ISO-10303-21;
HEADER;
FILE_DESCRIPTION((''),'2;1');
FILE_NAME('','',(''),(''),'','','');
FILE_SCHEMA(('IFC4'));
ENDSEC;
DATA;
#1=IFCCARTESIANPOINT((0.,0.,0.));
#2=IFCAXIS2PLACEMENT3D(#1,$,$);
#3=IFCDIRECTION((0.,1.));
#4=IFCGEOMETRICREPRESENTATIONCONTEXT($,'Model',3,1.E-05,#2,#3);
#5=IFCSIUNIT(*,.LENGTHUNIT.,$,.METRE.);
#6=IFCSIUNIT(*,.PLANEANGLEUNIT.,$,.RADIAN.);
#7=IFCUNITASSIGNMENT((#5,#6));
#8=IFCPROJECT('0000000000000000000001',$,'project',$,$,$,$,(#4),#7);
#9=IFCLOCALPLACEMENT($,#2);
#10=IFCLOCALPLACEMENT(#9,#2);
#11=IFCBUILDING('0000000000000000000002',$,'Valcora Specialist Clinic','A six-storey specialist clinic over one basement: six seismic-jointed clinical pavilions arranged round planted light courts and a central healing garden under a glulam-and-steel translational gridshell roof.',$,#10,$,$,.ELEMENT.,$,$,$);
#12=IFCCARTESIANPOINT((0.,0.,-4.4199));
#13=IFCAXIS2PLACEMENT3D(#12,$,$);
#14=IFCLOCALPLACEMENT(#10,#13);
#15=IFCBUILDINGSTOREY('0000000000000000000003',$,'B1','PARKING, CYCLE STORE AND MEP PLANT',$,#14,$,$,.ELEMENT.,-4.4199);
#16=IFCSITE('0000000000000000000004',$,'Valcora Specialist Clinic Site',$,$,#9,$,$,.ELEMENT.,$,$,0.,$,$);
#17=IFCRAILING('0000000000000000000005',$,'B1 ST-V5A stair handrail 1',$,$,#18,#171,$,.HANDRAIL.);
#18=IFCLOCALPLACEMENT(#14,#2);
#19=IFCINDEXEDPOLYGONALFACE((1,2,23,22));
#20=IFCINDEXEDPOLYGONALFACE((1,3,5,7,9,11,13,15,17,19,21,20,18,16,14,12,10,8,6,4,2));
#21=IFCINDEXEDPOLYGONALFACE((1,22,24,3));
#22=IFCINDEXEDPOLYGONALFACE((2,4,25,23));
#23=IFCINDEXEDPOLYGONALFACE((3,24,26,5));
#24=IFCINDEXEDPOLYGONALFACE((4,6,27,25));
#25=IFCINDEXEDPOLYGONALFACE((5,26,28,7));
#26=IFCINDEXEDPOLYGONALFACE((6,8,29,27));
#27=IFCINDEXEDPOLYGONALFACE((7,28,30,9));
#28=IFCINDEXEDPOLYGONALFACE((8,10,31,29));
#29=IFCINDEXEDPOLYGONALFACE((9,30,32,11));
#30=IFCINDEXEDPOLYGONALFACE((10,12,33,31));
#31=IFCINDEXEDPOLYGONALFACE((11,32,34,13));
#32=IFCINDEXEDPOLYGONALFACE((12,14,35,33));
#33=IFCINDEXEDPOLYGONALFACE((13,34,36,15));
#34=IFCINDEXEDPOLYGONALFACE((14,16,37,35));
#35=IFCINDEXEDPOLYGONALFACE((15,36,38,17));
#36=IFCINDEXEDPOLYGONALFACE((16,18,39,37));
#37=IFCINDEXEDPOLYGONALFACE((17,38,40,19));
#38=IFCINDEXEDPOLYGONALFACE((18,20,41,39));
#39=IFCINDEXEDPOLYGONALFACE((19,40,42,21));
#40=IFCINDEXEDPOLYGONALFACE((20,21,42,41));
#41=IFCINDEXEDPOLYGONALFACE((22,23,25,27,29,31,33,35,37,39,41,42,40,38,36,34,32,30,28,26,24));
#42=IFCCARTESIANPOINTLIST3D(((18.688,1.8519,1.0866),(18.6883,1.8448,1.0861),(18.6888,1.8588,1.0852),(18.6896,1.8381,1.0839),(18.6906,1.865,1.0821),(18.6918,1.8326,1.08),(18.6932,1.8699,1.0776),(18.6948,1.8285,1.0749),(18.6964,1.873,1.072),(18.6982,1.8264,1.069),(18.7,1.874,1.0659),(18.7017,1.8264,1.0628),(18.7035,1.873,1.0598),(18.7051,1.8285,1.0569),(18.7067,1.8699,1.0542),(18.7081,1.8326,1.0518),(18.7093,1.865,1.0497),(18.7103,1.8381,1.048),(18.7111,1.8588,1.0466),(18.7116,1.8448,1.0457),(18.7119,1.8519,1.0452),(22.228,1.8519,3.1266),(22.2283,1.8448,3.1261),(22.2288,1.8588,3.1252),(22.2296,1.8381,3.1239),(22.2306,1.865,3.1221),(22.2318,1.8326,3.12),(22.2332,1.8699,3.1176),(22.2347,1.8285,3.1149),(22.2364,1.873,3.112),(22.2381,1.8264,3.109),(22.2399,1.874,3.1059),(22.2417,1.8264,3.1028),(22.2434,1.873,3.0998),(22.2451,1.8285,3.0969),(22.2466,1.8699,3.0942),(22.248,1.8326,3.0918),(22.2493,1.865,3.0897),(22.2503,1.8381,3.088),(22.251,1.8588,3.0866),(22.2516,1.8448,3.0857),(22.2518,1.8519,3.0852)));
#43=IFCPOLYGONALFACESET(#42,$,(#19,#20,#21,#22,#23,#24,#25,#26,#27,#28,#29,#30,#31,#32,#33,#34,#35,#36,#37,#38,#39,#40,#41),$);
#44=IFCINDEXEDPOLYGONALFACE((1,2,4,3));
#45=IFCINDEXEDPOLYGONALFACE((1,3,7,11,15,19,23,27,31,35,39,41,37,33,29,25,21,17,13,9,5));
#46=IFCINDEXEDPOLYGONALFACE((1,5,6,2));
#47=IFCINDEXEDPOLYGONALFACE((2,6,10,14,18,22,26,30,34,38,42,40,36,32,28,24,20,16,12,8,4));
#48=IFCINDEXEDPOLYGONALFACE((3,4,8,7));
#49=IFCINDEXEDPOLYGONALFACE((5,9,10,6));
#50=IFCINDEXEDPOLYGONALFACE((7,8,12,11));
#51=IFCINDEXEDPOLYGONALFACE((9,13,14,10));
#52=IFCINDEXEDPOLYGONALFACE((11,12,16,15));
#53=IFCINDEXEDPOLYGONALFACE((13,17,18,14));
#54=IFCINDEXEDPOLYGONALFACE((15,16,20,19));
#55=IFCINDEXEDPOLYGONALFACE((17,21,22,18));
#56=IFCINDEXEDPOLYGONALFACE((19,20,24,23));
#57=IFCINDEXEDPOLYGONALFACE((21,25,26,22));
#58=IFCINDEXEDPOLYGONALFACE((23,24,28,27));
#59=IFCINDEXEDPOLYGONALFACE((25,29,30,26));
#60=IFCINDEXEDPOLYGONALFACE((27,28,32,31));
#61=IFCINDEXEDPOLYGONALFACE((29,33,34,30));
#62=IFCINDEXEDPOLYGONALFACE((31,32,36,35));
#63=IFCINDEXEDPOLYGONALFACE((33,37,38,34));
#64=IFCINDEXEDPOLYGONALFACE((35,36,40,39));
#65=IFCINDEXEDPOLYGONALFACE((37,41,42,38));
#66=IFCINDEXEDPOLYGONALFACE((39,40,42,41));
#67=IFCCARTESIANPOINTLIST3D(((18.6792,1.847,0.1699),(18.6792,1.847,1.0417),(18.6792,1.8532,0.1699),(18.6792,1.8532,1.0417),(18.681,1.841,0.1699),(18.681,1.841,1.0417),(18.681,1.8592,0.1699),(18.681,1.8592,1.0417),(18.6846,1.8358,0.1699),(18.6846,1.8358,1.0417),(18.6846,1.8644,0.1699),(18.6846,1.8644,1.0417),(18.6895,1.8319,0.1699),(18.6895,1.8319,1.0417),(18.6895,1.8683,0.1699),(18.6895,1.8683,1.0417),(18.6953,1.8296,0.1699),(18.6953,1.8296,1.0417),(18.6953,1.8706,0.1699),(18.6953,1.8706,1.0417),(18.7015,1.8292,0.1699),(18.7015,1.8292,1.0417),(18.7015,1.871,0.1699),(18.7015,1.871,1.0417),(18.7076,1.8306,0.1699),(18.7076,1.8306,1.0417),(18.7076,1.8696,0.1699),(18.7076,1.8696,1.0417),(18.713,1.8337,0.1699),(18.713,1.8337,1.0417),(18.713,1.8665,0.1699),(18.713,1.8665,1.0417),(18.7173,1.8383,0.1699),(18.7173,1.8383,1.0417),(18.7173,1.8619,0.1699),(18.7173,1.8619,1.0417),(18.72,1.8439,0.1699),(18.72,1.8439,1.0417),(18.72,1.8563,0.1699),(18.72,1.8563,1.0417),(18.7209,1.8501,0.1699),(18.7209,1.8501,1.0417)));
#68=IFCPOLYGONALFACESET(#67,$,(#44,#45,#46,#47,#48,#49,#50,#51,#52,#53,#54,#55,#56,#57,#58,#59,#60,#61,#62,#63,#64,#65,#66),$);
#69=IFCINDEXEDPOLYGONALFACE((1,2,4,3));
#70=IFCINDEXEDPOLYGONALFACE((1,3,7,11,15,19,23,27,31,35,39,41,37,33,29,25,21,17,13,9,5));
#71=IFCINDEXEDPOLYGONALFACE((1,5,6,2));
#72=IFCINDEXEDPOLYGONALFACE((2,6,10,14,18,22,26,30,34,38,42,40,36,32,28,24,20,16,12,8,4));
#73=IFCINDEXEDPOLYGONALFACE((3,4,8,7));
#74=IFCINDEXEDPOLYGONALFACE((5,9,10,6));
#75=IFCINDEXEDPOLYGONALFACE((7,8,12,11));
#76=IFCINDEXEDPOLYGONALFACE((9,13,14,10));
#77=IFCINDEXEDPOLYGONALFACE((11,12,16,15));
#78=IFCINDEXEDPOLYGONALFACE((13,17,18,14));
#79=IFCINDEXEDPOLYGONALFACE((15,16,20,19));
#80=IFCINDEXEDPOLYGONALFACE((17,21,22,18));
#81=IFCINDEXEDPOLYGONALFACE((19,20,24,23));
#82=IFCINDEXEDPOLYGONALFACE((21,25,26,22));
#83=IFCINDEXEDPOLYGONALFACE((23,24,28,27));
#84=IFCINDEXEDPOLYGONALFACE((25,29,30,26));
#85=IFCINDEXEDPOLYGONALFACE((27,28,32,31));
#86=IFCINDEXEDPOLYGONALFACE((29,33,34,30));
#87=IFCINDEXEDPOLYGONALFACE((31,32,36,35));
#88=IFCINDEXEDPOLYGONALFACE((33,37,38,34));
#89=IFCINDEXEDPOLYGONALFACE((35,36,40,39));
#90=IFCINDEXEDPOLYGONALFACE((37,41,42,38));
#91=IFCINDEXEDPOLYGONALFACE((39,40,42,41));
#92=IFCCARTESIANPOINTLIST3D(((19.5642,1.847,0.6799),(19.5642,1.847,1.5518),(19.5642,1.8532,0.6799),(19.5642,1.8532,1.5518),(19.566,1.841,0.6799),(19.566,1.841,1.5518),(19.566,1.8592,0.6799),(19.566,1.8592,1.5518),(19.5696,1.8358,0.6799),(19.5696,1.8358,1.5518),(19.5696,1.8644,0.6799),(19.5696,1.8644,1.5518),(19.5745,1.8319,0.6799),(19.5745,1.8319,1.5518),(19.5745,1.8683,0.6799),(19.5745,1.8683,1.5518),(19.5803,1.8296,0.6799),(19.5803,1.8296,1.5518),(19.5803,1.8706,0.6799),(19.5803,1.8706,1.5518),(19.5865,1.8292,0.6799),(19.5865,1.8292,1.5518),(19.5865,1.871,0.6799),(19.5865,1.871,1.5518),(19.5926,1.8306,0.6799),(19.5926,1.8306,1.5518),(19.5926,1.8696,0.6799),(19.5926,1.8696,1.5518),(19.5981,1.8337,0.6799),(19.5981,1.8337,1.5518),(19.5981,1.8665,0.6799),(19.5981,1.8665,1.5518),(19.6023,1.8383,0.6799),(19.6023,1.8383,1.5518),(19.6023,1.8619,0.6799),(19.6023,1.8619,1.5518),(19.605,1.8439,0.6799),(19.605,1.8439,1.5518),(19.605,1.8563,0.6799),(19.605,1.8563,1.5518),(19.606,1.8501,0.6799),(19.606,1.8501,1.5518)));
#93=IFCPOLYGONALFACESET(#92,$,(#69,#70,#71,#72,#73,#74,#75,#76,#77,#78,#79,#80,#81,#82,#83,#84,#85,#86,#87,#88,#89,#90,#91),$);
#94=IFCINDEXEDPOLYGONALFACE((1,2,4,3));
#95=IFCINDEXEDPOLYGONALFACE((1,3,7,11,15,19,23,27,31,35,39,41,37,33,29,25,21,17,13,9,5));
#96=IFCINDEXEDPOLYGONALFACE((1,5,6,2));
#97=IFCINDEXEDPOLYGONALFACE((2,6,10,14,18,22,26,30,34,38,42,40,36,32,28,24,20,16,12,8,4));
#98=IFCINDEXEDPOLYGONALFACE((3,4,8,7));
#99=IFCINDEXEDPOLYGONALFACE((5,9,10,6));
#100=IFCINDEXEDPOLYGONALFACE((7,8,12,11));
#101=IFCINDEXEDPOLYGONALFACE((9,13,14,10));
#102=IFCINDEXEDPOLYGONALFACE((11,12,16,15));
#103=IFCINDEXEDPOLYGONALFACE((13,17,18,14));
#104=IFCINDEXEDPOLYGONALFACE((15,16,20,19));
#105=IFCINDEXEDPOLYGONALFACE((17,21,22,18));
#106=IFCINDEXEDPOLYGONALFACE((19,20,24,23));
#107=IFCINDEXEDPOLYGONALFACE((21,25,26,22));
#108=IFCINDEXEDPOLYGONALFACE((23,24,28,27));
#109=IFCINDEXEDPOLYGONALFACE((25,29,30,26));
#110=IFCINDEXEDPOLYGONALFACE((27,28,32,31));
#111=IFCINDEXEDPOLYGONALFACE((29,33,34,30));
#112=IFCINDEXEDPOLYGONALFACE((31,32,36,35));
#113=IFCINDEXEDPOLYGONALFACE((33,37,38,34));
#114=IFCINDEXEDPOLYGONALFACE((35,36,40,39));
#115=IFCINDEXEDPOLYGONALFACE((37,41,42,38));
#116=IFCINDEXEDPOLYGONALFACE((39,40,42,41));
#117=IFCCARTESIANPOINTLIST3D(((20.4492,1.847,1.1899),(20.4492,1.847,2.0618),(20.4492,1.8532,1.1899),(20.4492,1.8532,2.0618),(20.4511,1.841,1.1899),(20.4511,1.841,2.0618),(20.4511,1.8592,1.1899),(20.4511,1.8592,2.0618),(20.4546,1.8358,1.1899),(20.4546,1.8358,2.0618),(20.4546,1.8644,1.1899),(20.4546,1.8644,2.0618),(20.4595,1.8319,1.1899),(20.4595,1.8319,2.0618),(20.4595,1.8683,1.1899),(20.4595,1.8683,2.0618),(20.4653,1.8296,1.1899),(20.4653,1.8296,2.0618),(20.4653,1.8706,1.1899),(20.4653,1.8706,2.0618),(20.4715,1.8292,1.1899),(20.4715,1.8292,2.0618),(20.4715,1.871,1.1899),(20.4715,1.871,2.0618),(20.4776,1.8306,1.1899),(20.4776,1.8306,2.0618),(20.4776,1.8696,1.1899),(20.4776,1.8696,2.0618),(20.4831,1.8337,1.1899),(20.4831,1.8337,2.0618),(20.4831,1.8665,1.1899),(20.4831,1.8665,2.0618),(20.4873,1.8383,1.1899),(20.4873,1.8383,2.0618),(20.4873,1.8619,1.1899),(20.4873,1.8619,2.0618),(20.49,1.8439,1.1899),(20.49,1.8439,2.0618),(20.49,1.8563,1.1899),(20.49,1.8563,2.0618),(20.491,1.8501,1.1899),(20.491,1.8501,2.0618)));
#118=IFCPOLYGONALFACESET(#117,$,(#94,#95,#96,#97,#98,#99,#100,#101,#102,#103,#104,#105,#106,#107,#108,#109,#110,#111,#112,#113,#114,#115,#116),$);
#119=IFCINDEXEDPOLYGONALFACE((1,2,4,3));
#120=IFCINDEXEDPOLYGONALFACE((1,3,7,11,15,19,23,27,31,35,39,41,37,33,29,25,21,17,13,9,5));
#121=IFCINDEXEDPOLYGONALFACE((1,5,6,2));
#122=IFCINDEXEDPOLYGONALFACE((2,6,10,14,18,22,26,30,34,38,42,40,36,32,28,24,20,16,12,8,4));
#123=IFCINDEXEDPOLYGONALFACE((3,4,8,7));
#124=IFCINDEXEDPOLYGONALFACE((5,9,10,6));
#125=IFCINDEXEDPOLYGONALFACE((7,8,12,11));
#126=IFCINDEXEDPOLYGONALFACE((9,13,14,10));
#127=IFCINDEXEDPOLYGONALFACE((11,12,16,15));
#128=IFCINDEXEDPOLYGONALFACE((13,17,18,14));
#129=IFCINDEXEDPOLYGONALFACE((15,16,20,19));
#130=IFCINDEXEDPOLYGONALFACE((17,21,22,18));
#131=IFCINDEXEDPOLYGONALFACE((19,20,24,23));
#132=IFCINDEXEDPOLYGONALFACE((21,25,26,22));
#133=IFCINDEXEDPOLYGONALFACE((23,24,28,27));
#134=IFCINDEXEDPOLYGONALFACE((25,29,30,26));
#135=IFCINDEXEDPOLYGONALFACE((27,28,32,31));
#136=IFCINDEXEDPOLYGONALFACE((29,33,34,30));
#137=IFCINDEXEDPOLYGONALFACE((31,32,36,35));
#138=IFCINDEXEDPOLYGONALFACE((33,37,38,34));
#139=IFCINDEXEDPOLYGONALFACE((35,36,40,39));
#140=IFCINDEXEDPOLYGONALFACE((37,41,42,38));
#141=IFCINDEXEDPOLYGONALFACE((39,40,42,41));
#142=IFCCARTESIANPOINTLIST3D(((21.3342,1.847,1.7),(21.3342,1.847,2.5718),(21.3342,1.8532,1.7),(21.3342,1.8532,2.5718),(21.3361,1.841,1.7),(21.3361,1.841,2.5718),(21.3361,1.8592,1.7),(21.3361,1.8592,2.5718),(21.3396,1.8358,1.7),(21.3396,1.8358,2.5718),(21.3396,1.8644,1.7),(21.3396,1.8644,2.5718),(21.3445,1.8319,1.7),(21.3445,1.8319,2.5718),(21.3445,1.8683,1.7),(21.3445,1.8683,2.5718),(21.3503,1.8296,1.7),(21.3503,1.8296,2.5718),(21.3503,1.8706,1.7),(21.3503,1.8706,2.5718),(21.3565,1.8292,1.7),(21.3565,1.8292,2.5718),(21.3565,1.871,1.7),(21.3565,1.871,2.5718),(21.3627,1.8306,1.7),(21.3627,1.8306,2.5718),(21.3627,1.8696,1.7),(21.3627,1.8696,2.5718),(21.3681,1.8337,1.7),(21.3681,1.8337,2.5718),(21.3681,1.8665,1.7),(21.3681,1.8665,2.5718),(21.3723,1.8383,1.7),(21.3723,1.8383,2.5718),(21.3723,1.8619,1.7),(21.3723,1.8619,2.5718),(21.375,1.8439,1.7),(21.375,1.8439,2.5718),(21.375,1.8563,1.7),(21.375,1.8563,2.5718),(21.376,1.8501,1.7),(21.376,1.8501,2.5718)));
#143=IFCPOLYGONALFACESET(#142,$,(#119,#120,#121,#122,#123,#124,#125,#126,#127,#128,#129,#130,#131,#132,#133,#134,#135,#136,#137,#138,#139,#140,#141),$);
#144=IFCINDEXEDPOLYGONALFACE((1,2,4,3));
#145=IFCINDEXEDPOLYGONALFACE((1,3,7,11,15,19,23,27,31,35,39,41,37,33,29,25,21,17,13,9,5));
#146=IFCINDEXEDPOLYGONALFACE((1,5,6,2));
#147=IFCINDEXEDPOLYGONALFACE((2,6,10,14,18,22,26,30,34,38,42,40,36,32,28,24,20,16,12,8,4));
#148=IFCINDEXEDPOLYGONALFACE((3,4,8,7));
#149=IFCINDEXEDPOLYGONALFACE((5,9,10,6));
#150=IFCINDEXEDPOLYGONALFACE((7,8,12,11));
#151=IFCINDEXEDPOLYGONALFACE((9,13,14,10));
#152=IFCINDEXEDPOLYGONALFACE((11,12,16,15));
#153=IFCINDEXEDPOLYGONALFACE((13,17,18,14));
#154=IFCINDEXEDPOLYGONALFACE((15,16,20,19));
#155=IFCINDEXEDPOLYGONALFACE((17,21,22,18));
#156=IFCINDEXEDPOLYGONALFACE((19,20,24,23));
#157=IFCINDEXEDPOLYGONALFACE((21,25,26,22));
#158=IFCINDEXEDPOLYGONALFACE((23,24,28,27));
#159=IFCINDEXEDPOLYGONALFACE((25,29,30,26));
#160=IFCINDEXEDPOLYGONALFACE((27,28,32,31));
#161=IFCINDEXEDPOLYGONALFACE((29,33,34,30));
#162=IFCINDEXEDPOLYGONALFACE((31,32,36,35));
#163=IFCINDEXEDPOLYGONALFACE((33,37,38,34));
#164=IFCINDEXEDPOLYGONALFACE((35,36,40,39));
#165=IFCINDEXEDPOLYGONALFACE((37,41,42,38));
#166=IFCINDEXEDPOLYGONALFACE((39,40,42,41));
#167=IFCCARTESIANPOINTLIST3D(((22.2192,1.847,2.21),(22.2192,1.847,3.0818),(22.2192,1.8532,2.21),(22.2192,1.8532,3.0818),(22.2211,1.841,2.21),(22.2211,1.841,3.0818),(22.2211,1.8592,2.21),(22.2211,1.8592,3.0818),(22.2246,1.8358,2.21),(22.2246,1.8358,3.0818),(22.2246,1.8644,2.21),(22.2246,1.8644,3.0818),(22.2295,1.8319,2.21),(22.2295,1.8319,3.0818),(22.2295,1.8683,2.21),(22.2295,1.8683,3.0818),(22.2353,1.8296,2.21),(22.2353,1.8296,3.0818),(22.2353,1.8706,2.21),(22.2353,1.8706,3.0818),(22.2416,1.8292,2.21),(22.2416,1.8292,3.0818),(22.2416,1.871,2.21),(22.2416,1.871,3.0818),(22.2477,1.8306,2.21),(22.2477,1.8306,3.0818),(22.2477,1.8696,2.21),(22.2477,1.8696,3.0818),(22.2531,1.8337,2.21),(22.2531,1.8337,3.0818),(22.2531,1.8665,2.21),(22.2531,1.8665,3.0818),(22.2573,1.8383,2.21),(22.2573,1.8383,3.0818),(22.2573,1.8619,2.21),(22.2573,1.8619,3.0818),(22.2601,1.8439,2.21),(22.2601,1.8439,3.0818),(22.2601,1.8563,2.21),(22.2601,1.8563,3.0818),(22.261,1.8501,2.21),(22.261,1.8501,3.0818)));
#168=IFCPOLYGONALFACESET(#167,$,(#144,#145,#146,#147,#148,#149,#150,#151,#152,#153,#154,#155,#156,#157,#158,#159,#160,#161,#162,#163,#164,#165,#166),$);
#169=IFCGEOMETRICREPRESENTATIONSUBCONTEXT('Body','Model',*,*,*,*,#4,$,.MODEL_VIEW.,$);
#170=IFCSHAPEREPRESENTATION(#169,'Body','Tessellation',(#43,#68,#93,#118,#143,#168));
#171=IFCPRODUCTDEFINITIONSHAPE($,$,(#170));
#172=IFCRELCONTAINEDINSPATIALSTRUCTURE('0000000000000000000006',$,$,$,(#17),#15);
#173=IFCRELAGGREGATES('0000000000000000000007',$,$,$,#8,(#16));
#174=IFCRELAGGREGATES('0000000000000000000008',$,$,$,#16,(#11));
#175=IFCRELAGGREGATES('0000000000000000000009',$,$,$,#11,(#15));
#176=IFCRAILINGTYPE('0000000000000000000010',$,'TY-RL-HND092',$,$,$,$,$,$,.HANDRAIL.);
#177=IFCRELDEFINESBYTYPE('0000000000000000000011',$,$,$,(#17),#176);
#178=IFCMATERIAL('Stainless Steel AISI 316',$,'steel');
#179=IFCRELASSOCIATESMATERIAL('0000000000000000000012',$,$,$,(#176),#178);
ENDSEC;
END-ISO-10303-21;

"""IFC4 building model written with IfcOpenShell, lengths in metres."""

from ifc_helpers import new_model, si_unit, direction, frame, origin, origin_2d, place, context, subcontext, project, spatial, circle, extrude, material, type_object, element, save


model = new_model("IFC4")

# Units and contexts
model_context = context("Model", 3, precision=1e-05, world=origin(), true_north=direction((0.0, 1.0)))
body_context = subcontext(model_context, "Body", "Model", "MODEL_VIEW")
ifc_project = project(units=[si_unit("LENGTHUNIT", "METRE"), si_unit("PLANEANGLEUNIT", "RADIAN")], contexts=[model_context])

# Site, building, storey
site_placement = place(None, origin())
site = spatial("IfcSite", under=ifc_project, at=site_placement, Name="Valcora Specialist Clinic Site", CompositionType="ELEMENT", RefElevation=0.0)
building_placement = place(site_placement, origin())
building = spatial("IfcBuilding", under=site, at=building_placement, Name="Valcora Specialist Clinic", Description="A six-storey specialist clinic over one basement: six seismic-jointed clinical pavilions arranged round planted light courts and a central healing garden under a glulam-and-steel translational gridshell roof.", CompositionType="ELEMENT")
storey_placement = place(building_placement, frame((0.0, 0.0, -4.4199)))
storey = spatial("IfcBuildingStorey", under=building, at=storey_placement, Name="B1", Description="PARKING, CYCLE STORE AND MEP PLANT", CompositionType="ELEMENT", Elevation=-4.4199)

# Railing
ifc_material_1 = material(Name="Stainless Steel AISI 316", Category="steel")
railing_type_1 = type_object("IfcRailingType", Name="TY-RL-HND092", PredefinedType="HANDRAIL", material=ifc_material_1)
railing_1_placement = place(storey_placement, frame((18.7, 1.8501, 0.1699)))
element("IfcRailing", 1, at=railing_1_placement, inside=storey, type_object=railing_type_1, Name="B1 ST-V5A stair handrail 1", PredefinedType="HANDRAIL", context=body_context, shape_type="SweptSolid", body=[
    extrude(circle(Radius=0.0239, at=origin_2d()), frame((0.0, 0.0, 0.896), z_axis=(0.866428, 0.0, 0.499302), x_axis=(0.0, 1.0, 0.0)), (0.0, 0.0, 1.0), 4.0857),
    extrude(circle(Radius=0.021, at=origin_2d()), origin(), (0.0, 0.0, 1.0), 0.8718),
    extrude(circle(Radius=0.021, at=origin_2d()), frame((0.885, 0.0, 0.51)), (0.0, 0.0, 1.0), 0.8718),
    extrude(circle(Radius=0.021, at=origin_2d()), frame((1.77, 0.0, 1.02)), (0.0, 0.0, 1.0), 0.8718),
    extrude(circle(Radius=0.021, at=origin_2d()), frame((2.655, 0.0, 1.53)), (0.0, 0.0, 1.0), 0.8718),
    extrude(circle(Radius=0.021, at=origin_2d()), frame((3.54, 0.0, 2.04)), (0.0, 0.0, 1.0), 0.8718),
])

save(model, "model.ifc")
